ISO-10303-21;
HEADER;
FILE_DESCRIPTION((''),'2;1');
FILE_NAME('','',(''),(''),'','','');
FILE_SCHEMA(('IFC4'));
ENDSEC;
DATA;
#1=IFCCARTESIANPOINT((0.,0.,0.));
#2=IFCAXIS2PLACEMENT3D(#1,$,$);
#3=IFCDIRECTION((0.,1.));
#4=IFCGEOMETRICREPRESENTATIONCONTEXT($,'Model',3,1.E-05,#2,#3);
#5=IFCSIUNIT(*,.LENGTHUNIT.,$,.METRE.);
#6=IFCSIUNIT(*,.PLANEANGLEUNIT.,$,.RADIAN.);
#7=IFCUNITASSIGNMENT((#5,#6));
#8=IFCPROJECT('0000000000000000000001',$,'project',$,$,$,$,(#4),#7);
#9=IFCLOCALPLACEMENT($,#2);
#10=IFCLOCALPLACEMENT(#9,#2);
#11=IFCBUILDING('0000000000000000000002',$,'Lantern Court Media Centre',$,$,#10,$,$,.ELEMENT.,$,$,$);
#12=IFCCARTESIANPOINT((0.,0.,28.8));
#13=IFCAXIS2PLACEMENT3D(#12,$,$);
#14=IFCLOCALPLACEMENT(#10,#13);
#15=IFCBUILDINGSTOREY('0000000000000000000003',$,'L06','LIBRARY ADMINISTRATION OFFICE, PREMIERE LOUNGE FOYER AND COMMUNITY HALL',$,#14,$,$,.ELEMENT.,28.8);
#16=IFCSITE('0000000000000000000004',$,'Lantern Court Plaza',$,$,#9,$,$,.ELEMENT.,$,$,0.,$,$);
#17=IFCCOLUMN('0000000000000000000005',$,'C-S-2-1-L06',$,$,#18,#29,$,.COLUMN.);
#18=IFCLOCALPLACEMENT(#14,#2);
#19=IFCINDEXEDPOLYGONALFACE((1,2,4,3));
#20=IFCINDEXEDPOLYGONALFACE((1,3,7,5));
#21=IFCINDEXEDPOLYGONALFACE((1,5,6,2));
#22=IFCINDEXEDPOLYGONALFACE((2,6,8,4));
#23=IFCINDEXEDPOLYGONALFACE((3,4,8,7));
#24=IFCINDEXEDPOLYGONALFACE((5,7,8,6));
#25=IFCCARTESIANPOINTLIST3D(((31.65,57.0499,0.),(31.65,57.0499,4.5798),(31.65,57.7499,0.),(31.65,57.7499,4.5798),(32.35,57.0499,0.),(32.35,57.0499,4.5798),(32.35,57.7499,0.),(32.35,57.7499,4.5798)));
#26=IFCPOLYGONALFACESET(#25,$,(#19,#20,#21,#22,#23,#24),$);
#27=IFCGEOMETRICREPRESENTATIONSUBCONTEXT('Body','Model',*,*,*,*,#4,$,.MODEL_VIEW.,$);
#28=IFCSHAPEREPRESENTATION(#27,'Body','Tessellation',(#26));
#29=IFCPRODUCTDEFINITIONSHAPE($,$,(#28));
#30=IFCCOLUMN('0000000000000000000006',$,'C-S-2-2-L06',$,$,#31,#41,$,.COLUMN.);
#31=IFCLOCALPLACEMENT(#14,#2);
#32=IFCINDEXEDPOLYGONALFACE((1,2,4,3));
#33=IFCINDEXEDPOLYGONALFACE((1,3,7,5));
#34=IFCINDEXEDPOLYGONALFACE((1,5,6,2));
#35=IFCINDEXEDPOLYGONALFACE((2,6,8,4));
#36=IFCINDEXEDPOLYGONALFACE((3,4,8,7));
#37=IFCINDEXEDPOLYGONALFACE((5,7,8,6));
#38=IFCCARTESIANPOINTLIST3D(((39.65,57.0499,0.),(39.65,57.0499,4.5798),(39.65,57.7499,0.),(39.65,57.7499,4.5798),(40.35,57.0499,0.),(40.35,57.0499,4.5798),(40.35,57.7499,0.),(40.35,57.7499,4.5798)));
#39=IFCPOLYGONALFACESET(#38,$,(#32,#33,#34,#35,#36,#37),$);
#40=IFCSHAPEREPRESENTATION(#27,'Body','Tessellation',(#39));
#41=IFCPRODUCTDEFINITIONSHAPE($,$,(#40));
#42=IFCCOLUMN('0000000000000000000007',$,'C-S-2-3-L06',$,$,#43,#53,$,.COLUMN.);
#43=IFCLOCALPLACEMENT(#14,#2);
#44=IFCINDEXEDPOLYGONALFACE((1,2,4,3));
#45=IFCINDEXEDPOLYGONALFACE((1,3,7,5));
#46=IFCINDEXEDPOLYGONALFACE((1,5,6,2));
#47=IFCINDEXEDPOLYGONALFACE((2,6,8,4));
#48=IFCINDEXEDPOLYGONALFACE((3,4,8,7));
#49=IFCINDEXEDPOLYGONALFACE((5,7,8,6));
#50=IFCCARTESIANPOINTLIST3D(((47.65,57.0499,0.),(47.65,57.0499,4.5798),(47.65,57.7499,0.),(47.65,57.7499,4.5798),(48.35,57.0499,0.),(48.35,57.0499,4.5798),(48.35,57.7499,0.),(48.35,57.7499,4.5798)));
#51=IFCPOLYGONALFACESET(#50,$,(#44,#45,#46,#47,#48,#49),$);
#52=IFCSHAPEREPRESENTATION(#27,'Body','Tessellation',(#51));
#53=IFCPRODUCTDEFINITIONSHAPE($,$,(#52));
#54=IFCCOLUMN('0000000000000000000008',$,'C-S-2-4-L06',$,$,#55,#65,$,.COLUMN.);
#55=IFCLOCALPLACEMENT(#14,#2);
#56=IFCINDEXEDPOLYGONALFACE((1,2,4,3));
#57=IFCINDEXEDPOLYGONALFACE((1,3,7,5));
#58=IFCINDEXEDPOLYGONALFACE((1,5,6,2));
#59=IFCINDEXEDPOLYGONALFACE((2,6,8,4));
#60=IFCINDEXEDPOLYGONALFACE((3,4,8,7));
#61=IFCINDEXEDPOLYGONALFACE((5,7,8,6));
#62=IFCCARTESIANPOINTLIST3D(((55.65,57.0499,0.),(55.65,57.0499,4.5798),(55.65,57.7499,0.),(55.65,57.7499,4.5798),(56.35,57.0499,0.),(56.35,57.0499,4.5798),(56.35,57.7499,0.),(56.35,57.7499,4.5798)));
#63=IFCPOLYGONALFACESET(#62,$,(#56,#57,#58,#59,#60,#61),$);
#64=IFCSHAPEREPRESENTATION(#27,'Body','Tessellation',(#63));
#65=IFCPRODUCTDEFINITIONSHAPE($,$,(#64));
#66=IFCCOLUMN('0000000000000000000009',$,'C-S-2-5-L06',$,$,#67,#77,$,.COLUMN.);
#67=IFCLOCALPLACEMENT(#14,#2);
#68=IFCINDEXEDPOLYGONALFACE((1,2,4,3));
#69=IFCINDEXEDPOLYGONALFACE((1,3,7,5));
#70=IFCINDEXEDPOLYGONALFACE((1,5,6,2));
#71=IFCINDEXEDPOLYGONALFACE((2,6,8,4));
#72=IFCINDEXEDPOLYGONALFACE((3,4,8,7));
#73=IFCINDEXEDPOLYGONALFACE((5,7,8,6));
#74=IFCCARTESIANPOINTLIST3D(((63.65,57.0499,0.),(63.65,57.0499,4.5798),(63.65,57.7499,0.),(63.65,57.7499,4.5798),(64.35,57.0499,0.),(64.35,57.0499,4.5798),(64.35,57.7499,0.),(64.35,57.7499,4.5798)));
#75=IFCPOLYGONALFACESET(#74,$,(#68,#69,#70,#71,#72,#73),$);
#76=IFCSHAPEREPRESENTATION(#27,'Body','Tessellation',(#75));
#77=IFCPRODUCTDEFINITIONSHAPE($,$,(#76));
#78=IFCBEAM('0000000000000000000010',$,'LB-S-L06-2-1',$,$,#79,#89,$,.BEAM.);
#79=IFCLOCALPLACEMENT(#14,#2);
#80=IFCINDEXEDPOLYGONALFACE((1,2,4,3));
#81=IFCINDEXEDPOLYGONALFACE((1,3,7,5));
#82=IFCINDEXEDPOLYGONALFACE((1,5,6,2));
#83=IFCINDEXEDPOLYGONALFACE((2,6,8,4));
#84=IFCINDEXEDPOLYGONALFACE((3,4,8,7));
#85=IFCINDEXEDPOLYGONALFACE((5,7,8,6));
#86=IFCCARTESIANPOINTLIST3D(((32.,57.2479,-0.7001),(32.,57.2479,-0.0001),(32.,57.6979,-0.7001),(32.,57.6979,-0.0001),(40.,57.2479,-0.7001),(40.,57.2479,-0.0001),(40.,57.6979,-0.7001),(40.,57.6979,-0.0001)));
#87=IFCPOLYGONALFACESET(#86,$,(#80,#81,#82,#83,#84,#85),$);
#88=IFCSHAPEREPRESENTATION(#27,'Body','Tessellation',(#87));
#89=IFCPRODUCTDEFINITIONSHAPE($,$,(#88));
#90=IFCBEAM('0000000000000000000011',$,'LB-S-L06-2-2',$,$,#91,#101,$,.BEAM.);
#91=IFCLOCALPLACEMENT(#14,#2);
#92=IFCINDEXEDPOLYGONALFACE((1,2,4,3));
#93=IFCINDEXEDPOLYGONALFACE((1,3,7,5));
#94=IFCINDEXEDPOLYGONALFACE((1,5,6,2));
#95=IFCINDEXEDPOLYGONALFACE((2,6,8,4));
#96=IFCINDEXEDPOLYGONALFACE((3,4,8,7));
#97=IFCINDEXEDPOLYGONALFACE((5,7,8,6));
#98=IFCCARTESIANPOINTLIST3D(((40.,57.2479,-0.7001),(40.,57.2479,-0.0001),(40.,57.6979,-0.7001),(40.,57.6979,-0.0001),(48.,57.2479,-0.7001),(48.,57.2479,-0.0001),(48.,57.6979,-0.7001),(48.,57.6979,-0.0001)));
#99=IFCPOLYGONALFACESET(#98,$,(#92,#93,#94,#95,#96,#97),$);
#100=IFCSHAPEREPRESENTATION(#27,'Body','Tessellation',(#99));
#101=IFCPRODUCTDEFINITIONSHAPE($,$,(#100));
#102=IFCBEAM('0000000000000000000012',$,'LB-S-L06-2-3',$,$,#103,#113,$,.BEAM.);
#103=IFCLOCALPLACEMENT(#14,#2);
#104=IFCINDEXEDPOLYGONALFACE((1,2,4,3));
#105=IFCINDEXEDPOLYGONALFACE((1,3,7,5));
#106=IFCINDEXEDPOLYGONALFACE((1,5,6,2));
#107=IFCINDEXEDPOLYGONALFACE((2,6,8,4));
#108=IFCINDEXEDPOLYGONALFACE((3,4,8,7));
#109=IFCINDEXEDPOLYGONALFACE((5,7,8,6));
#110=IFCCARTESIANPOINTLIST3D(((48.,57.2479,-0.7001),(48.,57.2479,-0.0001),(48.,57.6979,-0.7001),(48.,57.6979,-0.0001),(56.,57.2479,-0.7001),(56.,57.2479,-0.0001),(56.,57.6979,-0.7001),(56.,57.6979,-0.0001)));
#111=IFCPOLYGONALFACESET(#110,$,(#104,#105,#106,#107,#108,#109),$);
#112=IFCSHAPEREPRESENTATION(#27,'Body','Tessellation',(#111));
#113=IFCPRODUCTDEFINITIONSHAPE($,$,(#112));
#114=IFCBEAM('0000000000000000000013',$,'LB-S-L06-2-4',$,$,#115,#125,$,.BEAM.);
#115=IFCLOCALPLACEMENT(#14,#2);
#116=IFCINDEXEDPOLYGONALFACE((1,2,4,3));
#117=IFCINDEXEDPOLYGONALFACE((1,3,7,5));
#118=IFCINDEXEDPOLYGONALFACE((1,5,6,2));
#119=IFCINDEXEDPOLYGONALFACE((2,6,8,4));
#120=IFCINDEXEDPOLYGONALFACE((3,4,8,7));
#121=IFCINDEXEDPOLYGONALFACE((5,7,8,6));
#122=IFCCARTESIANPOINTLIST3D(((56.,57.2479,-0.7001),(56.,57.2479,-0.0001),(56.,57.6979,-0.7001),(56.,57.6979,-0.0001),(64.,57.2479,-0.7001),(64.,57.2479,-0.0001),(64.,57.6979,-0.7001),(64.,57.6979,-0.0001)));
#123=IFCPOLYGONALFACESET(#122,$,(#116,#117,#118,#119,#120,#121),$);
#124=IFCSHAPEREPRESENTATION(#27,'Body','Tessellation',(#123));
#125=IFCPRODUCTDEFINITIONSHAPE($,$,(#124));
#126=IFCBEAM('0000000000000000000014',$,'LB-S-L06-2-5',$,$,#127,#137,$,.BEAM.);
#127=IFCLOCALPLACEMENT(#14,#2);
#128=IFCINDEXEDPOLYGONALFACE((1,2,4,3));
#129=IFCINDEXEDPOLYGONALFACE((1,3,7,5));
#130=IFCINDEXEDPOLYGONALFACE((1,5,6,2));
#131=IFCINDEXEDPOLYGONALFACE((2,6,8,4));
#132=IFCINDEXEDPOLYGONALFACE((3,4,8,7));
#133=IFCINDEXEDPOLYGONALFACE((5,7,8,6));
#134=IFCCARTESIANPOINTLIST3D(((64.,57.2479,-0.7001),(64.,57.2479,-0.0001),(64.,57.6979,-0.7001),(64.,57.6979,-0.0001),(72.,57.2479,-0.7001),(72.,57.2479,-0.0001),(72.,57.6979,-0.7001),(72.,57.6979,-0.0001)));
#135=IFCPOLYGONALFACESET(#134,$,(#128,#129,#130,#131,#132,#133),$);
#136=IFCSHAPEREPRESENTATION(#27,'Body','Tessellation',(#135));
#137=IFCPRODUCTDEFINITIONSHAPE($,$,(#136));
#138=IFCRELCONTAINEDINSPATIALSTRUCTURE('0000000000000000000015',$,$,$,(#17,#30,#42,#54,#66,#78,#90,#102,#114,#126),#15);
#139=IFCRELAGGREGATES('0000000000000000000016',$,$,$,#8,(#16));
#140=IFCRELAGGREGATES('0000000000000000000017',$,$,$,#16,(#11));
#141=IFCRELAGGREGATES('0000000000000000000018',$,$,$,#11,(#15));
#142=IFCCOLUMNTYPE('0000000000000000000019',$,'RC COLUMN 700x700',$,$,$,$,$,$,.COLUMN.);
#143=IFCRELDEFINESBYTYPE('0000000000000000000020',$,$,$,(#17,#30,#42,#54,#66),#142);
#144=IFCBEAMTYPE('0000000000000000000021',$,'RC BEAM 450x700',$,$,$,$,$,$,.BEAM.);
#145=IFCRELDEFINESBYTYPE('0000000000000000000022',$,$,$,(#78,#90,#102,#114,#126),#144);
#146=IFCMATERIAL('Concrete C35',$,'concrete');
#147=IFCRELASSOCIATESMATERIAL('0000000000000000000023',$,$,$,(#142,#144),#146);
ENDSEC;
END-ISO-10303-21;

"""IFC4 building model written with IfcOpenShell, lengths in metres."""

from ifc_helpers import new_model, si_unit, direction, frame, origin, origin_2d, place, context, subcontext, project, spatial, rectangle, extrude, material, material_profile, profile_set, type_object, element, save


model = new_model("IFC4")

# Units and contexts
model_context = context("Model", 3, precision=1e-05, world=origin(), true_north=direction((0.0, 1.0)))
body_context = subcontext(model_context, "Body", "Model", "MODEL_VIEW")
ifc_project = project(units=[si_unit("LENGTHUNIT", "METRE"), si_unit("PLANEANGLEUNIT", "RADIAN")], contexts=[model_context])

# Site, building, storey
site_placement = place(None, origin())
site = spatial("IfcSite", under=ifc_project, at=site_placement, Name="Lantern Court Plaza", CompositionType="ELEMENT", RefElevation=0.0)
building_placement = place(site_placement, origin())
building = spatial("IfcBuilding", under=site, at=building_placement, Name="Lantern Court Media Centre", CompositionType="ELEMENT")
storey_placement = place(building_placement, frame((0.0, 0.0, 28.8)))
storey = spatial("IfcBuildingStorey", under=building, at=storey_placement, Name="L06", Description="LIBRARY ADMINISTRATION OFFICE, PREMIERE LOUNGE FOYER AND COMMUNITY HALL", CompositionType="ELEMENT", Elevation=28.8)

# Columns
ifc_material_1 = material(Name="Concrete C35", Category="concrete")
ifc_material_profile_1 = material_profile(ifc_material_1, rectangle(XDim=0.7, YDim=0.7, at=origin_2d()), Name="RC 700x700")
ifc_profile_set_1 = profile_set([ifc_material_profile_1], Name="Concrete C35")
column_type = type_object("IfcColumnType", Name="RC COLUMN 700x700", PredefinedType="COLUMN", material=ifc_profile_set_1)
for number, where, z_axis, x_axis, name in (
    (1, (32.0, 57.3999, 0.0), (0.0, 0.0, 1.0), (1.0, 0.0, 0.0), "C-S-2-1-L06"),
    (2, (40.0, 57.3999, 0.0), (0.0, 0.0, 1.0), (1.0, 0.0, 0.0), "C-S-2-2-L06"),
    (3, (48.0, 57.3999, 0.0), (0.0, 0.0, 1.0), (1.0, 0.0, 0.0), "C-S-2-3-L06"),
    (4, (56.0, 57.3999, 0.0), (0.0, 0.0, 1.0), (1.0, 0.0, 0.0), "C-S-2-4-L06"),
    (5, (64.0, 57.3999, 0.0), (0.0, 0.0, 1.0), (1.0, 0.0, 0.0), "C-S-2-5-L06"),
):
    element("IfcColumn", number, at=place(storey_placement, frame(where, z_axis=z_axis, x_axis=x_axis)), inside=storey, type_object=column_type, Name=name, PredefinedType="COLUMN", context=body_context, shape_type="SweptSolid", body=[
        extrude(rectangle(XDim=0.7, YDim=0.7, at=origin_2d()), origin(), (0.0, 0.0, 1.0), 4.5798),
    ])

# Beams
ifc_material_profile_2 = material_profile(ifc_material_1, rectangle(XDim=0.45, YDim=0.7, at=origin_2d()), Name="RC 450x700")
ifc_profile_set_2 = profile_set([ifc_material_profile_2], Name="Concrete C35")
beam_type = type_object("IfcBeamType", Name="RC BEAM 450x700", PredefinedType="BEAM", material=ifc_profile_set_2)
for number, where, z_axis, x_axis, name in (
    (6, (32.0, 57.4729, -0.3501), (1.0, 0.0, 0.0), (0.0, 1.0, 0.0), "LB-S-L06-2-1"),
    (7, (40.0, 57.4729, -0.3501), (1.0, 0.0, 0.0), (0.0, 1.0, 0.0), "LB-S-L06-2-2"),
    (8, (48.0, 57.4729, -0.3501), (1.0, 0.0, 0.0), (0.0, 1.0, 0.0), "LB-S-L06-2-3"),
    (9, (56.0, 57.4729, -0.3501), (1.0, 0.0, 0.0), (0.0, 1.0, 0.0), "LB-S-L06-2-4"),
    (10, (64.0, 57.4729, -0.3501), (1.0, 0.0, 0.0), (0.0, 1.0, 0.0), "LB-S-L06-2-5"),
):
    element("IfcBeam", number, at=place(storey_placement, frame(where, z_axis=z_axis, x_axis=x_axis)), inside=storey, type_object=beam_type, Name=name, PredefinedType="BEAM", context=body_context, shape_type="SweptSolid", body=[
        extrude(rectangle(XDim=0.45, YDim=0.7, at=origin_2d()), origin(), (0.0, 0.0, 1.0), 8.0),
    ])

save(model, "model.ifc")
